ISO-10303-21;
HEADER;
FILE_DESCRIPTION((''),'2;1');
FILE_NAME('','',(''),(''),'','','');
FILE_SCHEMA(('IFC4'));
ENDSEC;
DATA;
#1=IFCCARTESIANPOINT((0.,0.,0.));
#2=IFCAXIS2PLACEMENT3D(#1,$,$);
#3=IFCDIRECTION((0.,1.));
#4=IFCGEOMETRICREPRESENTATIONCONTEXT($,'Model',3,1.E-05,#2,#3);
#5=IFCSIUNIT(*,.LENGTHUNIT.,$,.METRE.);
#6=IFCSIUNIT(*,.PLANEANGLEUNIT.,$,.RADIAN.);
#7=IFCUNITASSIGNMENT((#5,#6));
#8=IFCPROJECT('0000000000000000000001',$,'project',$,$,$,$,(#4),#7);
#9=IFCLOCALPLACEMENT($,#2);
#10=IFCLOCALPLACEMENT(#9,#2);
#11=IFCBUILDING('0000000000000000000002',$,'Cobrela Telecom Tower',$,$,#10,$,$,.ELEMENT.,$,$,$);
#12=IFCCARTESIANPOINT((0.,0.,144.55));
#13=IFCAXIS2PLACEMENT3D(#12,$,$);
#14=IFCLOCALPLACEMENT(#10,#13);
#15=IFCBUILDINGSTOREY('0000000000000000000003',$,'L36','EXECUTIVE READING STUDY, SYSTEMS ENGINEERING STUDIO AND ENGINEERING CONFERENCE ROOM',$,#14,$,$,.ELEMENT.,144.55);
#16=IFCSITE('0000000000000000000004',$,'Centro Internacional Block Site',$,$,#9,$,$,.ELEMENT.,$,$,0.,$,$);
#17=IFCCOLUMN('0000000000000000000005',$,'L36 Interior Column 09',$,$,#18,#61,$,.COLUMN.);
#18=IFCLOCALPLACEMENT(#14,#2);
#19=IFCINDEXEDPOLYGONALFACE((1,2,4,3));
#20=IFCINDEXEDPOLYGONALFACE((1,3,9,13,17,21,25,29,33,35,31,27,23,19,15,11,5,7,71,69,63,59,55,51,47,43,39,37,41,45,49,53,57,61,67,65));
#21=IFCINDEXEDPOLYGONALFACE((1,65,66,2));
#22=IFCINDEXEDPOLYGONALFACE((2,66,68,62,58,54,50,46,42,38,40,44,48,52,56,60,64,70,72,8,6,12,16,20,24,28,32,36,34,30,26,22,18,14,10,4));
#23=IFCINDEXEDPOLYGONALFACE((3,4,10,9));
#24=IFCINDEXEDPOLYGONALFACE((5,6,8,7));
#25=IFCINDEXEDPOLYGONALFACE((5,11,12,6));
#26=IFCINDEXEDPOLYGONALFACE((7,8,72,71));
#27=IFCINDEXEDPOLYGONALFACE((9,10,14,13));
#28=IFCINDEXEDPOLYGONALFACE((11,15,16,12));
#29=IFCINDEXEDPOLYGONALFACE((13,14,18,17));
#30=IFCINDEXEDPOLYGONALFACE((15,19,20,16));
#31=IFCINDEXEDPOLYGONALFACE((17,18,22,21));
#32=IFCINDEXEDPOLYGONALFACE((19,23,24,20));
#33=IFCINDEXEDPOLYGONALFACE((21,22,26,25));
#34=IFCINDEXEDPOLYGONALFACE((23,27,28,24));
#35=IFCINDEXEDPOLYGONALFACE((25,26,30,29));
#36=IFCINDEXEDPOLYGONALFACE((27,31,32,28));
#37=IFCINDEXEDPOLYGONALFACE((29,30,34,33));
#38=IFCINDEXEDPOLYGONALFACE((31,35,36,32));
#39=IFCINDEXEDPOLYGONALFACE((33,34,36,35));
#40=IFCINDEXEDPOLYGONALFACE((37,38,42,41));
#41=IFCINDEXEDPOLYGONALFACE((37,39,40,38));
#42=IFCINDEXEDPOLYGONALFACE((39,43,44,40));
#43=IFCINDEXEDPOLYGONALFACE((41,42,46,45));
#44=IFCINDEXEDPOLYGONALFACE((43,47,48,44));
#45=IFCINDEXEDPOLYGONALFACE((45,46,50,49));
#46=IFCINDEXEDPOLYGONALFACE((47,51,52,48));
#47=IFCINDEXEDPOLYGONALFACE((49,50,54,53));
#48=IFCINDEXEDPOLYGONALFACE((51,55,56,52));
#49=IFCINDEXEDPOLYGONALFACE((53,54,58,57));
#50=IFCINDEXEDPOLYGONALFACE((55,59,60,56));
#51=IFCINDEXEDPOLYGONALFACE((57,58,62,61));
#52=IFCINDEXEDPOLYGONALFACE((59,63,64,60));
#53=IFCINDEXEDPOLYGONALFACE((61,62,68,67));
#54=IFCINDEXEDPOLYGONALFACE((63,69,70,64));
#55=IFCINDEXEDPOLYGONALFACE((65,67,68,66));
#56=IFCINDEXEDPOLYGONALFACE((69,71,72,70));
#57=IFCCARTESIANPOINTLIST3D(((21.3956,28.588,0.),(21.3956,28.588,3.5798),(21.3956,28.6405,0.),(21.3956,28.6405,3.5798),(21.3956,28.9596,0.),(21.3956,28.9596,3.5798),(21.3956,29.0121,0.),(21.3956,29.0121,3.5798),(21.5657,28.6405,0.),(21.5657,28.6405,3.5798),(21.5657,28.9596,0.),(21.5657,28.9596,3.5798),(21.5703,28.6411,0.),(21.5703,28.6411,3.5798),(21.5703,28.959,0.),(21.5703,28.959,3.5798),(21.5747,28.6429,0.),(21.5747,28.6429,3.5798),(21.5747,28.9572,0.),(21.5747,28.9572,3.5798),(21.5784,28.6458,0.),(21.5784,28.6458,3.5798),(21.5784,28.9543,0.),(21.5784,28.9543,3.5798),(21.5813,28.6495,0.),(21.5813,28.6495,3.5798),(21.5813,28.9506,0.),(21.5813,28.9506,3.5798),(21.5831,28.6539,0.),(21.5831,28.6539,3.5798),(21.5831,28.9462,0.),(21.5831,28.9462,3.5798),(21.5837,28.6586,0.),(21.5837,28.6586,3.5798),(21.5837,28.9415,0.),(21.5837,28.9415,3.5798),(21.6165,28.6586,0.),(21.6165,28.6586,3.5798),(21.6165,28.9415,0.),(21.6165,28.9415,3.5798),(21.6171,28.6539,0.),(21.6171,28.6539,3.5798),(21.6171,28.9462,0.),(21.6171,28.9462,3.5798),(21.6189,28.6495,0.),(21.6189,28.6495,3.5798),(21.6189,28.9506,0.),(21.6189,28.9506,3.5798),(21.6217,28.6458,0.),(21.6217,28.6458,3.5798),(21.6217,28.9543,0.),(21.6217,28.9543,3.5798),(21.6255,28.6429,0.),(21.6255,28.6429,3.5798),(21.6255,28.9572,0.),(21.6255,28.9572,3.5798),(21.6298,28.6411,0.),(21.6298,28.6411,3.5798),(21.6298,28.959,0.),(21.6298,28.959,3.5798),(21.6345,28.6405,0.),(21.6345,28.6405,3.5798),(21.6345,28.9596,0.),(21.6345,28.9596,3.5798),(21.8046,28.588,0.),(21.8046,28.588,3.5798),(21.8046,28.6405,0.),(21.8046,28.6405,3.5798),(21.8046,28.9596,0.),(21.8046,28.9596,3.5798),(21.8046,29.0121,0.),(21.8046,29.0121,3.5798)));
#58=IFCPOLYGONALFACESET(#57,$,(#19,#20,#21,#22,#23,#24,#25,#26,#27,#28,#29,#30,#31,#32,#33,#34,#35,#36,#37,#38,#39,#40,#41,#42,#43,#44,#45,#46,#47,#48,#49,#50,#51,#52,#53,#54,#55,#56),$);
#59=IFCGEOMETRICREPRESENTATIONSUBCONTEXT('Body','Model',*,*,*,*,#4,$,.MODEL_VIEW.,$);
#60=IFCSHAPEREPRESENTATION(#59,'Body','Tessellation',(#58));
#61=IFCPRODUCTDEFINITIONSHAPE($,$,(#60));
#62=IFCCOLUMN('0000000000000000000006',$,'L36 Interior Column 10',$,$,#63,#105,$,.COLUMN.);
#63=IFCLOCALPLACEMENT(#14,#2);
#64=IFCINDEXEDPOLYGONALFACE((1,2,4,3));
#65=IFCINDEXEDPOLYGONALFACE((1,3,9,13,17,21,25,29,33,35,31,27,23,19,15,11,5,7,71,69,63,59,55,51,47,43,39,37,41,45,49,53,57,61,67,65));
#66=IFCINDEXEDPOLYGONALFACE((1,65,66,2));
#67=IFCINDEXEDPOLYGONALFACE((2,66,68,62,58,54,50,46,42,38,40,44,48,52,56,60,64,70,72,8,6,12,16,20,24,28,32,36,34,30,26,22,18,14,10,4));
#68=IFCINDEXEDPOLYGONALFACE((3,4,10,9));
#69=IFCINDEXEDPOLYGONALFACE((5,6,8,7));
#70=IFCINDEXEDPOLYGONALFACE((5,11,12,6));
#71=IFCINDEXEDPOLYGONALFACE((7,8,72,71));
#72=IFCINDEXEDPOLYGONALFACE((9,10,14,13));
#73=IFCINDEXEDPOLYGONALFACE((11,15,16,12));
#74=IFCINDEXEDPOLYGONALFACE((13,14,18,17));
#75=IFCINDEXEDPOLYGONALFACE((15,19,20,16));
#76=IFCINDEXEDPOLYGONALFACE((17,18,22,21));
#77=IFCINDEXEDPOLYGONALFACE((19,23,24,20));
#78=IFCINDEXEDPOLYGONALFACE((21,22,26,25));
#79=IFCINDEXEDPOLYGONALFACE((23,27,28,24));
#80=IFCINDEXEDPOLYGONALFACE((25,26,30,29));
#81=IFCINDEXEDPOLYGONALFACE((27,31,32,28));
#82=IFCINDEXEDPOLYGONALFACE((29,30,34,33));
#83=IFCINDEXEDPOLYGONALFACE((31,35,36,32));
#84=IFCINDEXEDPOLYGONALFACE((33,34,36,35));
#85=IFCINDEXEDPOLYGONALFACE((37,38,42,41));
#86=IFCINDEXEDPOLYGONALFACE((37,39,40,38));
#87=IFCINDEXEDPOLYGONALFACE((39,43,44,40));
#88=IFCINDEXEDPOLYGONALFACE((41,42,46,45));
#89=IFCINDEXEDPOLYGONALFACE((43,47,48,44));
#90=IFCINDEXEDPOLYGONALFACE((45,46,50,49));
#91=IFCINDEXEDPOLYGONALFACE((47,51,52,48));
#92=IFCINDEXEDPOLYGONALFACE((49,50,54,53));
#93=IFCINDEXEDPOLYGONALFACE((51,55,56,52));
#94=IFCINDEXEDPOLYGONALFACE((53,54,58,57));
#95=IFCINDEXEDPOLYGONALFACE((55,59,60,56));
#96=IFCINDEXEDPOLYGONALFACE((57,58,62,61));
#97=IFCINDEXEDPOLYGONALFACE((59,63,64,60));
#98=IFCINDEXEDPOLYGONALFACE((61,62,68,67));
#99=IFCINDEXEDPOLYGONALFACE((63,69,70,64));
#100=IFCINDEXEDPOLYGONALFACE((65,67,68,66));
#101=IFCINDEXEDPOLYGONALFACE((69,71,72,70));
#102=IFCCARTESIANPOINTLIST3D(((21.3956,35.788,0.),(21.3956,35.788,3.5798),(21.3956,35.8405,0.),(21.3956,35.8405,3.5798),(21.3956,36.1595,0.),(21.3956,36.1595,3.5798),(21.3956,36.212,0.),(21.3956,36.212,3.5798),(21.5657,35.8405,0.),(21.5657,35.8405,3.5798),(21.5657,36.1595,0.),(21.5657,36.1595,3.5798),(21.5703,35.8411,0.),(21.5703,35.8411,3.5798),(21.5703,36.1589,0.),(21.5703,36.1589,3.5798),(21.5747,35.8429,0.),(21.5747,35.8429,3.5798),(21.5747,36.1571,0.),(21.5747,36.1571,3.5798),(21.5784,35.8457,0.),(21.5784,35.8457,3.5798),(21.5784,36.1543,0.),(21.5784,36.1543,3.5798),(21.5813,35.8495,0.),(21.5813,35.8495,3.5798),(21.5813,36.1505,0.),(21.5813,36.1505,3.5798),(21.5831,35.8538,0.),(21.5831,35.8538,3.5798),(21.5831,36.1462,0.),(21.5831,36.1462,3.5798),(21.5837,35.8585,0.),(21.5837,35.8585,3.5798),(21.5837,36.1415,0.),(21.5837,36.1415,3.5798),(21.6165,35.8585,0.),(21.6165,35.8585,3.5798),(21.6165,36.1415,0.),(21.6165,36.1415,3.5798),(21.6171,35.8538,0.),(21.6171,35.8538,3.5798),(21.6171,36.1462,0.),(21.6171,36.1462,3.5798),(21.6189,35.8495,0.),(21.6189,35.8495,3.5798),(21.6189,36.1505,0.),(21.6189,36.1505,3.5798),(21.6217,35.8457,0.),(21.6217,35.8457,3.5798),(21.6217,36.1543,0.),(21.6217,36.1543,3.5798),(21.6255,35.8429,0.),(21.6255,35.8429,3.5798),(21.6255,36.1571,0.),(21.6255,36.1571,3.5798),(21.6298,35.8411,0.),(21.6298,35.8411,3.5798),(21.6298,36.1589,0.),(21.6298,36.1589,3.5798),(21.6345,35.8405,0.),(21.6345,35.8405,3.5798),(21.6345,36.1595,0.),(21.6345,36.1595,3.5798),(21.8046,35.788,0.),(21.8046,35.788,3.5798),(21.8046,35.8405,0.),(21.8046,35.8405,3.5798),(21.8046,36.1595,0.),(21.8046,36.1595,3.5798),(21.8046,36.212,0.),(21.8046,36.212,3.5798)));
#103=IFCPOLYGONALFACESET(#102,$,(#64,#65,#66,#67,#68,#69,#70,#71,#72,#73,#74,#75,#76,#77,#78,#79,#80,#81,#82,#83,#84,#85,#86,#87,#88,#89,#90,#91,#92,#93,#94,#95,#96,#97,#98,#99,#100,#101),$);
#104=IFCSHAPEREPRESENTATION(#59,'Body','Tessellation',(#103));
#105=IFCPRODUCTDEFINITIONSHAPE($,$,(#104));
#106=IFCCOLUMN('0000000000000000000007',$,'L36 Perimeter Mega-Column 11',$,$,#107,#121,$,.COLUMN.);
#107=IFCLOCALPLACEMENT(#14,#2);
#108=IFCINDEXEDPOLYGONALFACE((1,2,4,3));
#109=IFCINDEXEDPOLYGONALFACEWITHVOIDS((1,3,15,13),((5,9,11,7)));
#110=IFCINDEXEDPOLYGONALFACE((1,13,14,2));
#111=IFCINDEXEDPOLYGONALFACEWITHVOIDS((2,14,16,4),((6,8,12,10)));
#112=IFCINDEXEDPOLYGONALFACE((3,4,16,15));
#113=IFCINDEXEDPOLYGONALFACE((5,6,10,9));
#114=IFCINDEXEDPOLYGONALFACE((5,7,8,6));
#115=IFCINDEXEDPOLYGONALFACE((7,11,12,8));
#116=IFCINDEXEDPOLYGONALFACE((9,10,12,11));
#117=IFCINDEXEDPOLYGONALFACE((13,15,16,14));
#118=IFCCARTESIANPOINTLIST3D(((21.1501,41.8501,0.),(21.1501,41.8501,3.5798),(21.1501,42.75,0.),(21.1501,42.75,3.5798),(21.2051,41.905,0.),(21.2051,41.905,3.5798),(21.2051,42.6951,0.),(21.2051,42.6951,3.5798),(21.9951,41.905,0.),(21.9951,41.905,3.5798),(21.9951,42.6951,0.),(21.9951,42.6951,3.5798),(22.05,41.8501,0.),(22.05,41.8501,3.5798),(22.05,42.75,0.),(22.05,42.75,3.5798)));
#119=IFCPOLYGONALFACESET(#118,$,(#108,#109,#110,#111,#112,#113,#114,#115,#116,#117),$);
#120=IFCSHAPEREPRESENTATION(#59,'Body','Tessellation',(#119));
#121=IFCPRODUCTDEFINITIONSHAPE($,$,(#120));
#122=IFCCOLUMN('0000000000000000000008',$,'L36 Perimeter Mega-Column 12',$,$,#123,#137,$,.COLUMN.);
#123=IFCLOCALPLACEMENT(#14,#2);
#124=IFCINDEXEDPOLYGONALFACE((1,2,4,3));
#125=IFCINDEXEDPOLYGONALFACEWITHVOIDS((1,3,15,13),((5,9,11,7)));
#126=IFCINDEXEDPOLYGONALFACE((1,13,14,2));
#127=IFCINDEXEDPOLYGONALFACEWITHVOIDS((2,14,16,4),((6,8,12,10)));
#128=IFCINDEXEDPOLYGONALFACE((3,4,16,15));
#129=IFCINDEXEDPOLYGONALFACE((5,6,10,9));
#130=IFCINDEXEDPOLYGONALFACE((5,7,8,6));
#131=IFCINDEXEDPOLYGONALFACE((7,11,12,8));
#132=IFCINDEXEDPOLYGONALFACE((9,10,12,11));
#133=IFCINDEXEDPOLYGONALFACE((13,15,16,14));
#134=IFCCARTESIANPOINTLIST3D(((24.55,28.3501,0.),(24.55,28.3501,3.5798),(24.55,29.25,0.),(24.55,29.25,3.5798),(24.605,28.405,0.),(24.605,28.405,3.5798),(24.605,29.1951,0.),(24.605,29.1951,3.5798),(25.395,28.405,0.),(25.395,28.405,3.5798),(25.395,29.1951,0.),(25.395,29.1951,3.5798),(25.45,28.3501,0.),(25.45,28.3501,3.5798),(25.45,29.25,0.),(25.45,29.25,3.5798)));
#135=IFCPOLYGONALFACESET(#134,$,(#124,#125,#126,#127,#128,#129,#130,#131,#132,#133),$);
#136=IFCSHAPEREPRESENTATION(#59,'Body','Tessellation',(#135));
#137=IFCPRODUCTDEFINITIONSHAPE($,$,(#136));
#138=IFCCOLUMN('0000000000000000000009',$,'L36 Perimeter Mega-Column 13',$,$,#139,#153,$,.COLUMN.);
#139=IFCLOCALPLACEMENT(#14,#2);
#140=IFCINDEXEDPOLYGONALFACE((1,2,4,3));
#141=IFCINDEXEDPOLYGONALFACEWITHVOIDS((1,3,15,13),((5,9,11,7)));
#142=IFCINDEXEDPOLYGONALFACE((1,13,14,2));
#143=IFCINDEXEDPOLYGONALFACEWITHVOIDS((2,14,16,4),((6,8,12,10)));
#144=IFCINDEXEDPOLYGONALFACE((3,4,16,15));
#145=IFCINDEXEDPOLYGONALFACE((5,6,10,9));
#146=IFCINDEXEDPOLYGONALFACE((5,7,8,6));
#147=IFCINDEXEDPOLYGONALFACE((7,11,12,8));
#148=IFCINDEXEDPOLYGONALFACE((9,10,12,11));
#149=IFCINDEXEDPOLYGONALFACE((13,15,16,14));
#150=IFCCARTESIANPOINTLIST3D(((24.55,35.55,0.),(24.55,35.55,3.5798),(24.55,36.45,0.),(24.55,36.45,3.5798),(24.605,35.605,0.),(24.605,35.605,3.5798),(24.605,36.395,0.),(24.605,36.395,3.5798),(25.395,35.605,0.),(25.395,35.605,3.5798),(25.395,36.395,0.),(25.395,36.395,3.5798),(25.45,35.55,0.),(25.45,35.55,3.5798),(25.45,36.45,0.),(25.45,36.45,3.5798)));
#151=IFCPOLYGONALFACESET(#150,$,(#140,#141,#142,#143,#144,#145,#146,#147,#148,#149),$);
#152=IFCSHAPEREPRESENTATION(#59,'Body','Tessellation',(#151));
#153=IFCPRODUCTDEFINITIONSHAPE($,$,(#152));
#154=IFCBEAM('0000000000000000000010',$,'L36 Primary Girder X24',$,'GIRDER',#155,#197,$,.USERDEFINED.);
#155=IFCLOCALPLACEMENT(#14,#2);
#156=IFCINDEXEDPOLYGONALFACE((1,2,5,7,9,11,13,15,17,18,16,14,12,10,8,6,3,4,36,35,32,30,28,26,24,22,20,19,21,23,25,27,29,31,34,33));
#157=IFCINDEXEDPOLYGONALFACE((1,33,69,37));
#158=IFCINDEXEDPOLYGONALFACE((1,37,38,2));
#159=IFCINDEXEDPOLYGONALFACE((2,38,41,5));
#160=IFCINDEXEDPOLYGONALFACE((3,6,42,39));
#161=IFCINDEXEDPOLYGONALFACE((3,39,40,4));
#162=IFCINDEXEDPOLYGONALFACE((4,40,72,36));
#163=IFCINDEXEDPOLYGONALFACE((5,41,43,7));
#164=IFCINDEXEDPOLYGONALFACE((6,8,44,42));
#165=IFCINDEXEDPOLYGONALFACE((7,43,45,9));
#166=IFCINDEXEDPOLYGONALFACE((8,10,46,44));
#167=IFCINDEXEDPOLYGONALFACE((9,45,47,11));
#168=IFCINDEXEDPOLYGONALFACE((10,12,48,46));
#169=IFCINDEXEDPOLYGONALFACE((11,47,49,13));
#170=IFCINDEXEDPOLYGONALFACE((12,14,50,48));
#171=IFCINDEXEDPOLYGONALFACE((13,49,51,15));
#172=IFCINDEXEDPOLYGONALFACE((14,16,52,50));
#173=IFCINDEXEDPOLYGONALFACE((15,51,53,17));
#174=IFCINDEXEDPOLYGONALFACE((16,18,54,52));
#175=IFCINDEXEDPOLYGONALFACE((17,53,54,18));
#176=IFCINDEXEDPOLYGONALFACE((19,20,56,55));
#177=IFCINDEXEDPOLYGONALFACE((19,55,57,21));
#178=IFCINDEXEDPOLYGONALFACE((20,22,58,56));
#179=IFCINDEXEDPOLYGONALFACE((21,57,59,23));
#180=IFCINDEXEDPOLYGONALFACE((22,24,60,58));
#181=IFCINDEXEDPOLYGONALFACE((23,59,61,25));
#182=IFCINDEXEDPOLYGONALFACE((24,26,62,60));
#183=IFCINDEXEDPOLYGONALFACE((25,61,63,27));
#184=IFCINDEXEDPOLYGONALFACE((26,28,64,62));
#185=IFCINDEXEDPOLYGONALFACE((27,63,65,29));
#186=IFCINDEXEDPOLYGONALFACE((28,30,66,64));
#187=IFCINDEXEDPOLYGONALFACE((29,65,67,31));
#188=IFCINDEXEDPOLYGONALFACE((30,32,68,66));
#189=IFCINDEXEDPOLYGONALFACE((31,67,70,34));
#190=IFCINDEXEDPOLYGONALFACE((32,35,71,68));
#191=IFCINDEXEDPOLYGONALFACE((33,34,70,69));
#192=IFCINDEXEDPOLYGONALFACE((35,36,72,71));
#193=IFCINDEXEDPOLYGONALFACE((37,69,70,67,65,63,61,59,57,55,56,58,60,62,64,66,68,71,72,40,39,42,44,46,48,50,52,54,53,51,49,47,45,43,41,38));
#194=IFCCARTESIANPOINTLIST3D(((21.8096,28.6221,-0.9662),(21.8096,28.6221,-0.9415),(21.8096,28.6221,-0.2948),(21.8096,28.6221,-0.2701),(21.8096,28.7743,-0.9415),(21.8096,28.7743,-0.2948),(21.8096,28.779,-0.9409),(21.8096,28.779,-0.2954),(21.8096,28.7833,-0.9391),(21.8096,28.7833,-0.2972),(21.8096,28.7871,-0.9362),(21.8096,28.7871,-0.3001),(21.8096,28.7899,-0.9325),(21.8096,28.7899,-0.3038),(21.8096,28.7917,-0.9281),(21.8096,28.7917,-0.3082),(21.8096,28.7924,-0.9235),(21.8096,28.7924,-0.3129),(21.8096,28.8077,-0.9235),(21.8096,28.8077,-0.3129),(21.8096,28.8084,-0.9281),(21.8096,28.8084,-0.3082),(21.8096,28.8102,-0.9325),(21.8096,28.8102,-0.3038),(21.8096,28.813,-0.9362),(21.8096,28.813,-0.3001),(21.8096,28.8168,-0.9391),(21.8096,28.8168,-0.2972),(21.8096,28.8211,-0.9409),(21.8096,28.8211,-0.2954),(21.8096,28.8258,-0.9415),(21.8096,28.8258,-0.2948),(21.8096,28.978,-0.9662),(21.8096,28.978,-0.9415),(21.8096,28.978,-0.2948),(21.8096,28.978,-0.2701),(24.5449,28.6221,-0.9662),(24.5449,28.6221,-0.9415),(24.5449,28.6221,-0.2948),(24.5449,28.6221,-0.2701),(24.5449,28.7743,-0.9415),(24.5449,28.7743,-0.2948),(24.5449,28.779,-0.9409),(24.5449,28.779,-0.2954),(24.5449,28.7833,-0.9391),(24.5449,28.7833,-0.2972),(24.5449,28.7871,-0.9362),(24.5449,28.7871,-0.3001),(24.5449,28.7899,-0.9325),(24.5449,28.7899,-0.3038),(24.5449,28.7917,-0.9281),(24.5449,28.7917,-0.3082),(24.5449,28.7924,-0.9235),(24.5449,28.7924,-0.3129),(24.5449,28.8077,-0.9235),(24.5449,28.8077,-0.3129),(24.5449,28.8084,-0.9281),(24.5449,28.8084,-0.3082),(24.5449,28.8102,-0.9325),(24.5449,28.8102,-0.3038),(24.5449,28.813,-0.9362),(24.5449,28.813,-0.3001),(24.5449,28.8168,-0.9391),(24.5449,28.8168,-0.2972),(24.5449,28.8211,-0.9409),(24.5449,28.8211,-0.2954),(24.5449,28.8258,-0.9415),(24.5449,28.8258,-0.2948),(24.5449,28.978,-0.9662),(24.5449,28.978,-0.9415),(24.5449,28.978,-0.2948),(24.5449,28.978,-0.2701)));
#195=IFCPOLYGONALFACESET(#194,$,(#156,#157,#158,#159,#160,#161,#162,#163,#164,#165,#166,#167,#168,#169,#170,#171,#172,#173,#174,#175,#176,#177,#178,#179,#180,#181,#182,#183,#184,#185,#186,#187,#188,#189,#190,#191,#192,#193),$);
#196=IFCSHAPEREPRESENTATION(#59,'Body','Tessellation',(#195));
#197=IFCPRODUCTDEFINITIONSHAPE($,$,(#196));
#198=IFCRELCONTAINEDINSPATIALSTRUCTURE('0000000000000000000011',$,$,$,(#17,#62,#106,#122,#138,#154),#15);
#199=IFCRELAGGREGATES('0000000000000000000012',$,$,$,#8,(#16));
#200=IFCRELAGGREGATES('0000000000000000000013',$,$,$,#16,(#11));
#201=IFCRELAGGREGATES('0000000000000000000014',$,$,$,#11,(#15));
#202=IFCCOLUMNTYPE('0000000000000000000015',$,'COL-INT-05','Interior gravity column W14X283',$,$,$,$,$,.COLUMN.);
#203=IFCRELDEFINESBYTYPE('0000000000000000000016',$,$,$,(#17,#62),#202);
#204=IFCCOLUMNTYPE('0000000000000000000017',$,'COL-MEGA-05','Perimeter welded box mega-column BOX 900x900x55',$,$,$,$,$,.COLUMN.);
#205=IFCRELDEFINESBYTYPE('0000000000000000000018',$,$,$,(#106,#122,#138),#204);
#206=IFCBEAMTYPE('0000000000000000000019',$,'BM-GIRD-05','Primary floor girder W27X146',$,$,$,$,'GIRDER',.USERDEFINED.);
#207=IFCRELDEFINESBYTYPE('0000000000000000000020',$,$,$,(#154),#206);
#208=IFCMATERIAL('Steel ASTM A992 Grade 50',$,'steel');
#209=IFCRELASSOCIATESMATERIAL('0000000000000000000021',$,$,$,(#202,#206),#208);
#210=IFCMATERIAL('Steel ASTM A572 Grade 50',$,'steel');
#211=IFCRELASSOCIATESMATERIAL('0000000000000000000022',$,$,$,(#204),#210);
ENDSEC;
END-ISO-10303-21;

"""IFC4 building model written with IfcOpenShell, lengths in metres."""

from ifc_helpers import new_model, si_unit, direction, frame, origin, origin_2d, place, context, subcontext, project, spatial, hollow_rectangle, i_section, extrude, material, material_profile, profile_set, type_object, element, save


model = new_model("IFC4")

# Units and contexts
model_context = context("Model", 3, precision=1e-05, world=origin(), true_north=direction((0.0, 1.0)))
body_context = subcontext(model_context, "Body", "Model", "MODEL_VIEW")
ifc_project = project(units=[si_unit("LENGTHUNIT", "METRE"), si_unit("PLANEANGLEUNIT", "RADIAN")], contexts=[model_context])

# Site, building, storey
site_placement = place(None, origin())
site = spatial("IfcSite", under=ifc_project, at=site_placement, Name="Centro Internacional Block Site", CompositionType="ELEMENT", RefElevation=0.0)
building_placement = place(site_placement, origin())
building = spatial("IfcBuilding", under=site, at=building_placement, Name="Cobrela Telecom Tower", CompositionType="ELEMENT")
storey_placement = place(building_placement, frame((0.0, 0.0, 144.55)))
storey = spatial("IfcBuildingStorey", under=building, at=storey_placement, Name="L36", Description="EXECUTIVE READING STUDY, SYSTEMS ENGINEERING STUDIO AND ENGINEERING CONFERENCE ROOM", CompositionType="ELEMENT", Elevation=144.55)

# Columns
ifc_material_1 = material(Name="Steel ASTM A992 Grade 50", Category="steel")
ifc_material_profile_1 = material_profile(ifc_material_1, i_section(OverallWidth=0.4089, OverallDepth=0.4241, WebThickness=0.0327, FlangeThickness=0.0525, FilletRadius=0.0181, at=origin_2d()), Name="W14X283")
ifc_profile_set_1 = profile_set([ifc_material_profile_1], Name="Steel ASTM A992 Grade 50")
column_type_1 = type_object("IfcColumnType", Name="COL-INT-05", Description="Interior gravity column W14X283", PredefinedType="COLUMN", material=ifc_profile_set_1)
for number, where, z_axis, x_axis, name in (
    (1, (21.6001, 28.8, 0.0), (0.0, 0.0, 1.0), (1.0, 0.0, 0.0), "L36 Interior Column 09"),
    (2, (21.6001, 36.0, 0.0), (0.0, 0.0, 1.0), (1.0, 0.0, 0.0), "L36 Interior Column 10"),
):
    element("IfcColumn", number, at=place(storey_placement, frame(where, z_axis=z_axis, x_axis=x_axis)), inside=storey, type_object=column_type_1, Name=name, PredefinedType="COLUMN", context=body_context, shape_type="SweptSolid", body=[
        extrude(i_section(OverallWidth=0.4089, OverallDepth=0.4241, WebThickness=0.0327, FlangeThickness=0.0525, FilletRadius=0.0181, at=origin_2d()), origin(), (0.0, 0.0, 1.0), 3.5798),
    ])
ifc_material_2 = material(Name="Steel ASTM A572 Grade 50", Category="steel")
ifc_material_profile_2 = material_profile(ifc_material_2, hollow_rectangle(XDim=0.8999, YDim=0.8999, WallThickness=0.0549, at=origin_2d()), Name="BOX 900x900x55")
ifc_profile_set_2 = profile_set([ifc_material_profile_2], Name="Steel ASTM A572 Grade 50")
column_type_2 = type_object("IfcColumnType", Name="COL-MEGA-05", Description="Perimeter welded box mega-column BOX 900x900x55", PredefinedType="COLUMN", material=ifc_profile_set_2)
for number, where, z_axis, x_axis, name in (
    (3, (21.6001, 42.3, 0.0), (0.0, 0.0, 1.0), (1.0, 0.0, 0.0), "L36 Perimeter Mega-Column 11"),
    (4, (25.0, 28.8, 0.0), (0.0, 0.0, 1.0), (1.0, 0.0, 0.0), "L36 Perimeter Mega-Column 12"),
    (5, (25.0, 36.0, 0.0), (0.0, 0.0, 1.0), (1.0, 0.0, 0.0), "L36 Perimeter Mega-Column 13"),
):
    element("IfcColumn", number, at=place(storey_placement, frame(where, z_axis=z_axis, x_axis=x_axis)), inside=storey, type_object=column_type_2, Name=name, PredefinedType="COLUMN", context=body_context, shape_type="SweptSolid", body=[
        extrude(hollow_rectangle(XDim=0.8999, YDim=0.8999, WallThickness=0.0549, at=origin_2d()), origin(), (0.0, 0.0, 1.0), 3.5798),
    ])

# Beam
ifc_material_profile_3 = material_profile(ifc_material_1, i_section(OverallWidth=0.356, OverallDepth=0.696, WebThickness=0.0154, FlangeThickness=0.0247, FilletRadius=0.0181, at=origin_2d()), Name="W27X146")
ifc_profile_set_3 = profile_set([ifc_material_profile_3], Name="Steel ASTM A992 Grade 50")
beam_type_1 = type_object("IfcBeamType", Name="BM-GIRD-05", Description="Primary floor girder W27X146", ElementType="GIRDER", PredefinedType="USERDEFINED", material=ifc_profile_set_3)
for number, where, z_axis, x_axis, name in (
    (6, (21.8096, 28.8, -0.6182), (1.0, 0.0, 0.0), (0.0, 1.0, 0.0), "L36 Primary Girder X24"),
):
    element("IfcBeam", number, at=place(storey_placement, frame(where, z_axis=z_axis, x_axis=x_axis)), inside=storey, type_object=beam_type_1, Name=name, ObjectType="GIRDER", PredefinedType="USERDEFINED", context=body_context, shape_type="SweptSolid", body=[
        extrude(i_section(OverallWidth=0.356, OverallDepth=0.696, WebThickness=0.0154, FlangeThickness=0.0247, FilletRadius=0.0181, at=origin_2d()), origin(), (0.0, 0.0, 1.0), 2.7354),
    ])

save(model, "model.ifc")
